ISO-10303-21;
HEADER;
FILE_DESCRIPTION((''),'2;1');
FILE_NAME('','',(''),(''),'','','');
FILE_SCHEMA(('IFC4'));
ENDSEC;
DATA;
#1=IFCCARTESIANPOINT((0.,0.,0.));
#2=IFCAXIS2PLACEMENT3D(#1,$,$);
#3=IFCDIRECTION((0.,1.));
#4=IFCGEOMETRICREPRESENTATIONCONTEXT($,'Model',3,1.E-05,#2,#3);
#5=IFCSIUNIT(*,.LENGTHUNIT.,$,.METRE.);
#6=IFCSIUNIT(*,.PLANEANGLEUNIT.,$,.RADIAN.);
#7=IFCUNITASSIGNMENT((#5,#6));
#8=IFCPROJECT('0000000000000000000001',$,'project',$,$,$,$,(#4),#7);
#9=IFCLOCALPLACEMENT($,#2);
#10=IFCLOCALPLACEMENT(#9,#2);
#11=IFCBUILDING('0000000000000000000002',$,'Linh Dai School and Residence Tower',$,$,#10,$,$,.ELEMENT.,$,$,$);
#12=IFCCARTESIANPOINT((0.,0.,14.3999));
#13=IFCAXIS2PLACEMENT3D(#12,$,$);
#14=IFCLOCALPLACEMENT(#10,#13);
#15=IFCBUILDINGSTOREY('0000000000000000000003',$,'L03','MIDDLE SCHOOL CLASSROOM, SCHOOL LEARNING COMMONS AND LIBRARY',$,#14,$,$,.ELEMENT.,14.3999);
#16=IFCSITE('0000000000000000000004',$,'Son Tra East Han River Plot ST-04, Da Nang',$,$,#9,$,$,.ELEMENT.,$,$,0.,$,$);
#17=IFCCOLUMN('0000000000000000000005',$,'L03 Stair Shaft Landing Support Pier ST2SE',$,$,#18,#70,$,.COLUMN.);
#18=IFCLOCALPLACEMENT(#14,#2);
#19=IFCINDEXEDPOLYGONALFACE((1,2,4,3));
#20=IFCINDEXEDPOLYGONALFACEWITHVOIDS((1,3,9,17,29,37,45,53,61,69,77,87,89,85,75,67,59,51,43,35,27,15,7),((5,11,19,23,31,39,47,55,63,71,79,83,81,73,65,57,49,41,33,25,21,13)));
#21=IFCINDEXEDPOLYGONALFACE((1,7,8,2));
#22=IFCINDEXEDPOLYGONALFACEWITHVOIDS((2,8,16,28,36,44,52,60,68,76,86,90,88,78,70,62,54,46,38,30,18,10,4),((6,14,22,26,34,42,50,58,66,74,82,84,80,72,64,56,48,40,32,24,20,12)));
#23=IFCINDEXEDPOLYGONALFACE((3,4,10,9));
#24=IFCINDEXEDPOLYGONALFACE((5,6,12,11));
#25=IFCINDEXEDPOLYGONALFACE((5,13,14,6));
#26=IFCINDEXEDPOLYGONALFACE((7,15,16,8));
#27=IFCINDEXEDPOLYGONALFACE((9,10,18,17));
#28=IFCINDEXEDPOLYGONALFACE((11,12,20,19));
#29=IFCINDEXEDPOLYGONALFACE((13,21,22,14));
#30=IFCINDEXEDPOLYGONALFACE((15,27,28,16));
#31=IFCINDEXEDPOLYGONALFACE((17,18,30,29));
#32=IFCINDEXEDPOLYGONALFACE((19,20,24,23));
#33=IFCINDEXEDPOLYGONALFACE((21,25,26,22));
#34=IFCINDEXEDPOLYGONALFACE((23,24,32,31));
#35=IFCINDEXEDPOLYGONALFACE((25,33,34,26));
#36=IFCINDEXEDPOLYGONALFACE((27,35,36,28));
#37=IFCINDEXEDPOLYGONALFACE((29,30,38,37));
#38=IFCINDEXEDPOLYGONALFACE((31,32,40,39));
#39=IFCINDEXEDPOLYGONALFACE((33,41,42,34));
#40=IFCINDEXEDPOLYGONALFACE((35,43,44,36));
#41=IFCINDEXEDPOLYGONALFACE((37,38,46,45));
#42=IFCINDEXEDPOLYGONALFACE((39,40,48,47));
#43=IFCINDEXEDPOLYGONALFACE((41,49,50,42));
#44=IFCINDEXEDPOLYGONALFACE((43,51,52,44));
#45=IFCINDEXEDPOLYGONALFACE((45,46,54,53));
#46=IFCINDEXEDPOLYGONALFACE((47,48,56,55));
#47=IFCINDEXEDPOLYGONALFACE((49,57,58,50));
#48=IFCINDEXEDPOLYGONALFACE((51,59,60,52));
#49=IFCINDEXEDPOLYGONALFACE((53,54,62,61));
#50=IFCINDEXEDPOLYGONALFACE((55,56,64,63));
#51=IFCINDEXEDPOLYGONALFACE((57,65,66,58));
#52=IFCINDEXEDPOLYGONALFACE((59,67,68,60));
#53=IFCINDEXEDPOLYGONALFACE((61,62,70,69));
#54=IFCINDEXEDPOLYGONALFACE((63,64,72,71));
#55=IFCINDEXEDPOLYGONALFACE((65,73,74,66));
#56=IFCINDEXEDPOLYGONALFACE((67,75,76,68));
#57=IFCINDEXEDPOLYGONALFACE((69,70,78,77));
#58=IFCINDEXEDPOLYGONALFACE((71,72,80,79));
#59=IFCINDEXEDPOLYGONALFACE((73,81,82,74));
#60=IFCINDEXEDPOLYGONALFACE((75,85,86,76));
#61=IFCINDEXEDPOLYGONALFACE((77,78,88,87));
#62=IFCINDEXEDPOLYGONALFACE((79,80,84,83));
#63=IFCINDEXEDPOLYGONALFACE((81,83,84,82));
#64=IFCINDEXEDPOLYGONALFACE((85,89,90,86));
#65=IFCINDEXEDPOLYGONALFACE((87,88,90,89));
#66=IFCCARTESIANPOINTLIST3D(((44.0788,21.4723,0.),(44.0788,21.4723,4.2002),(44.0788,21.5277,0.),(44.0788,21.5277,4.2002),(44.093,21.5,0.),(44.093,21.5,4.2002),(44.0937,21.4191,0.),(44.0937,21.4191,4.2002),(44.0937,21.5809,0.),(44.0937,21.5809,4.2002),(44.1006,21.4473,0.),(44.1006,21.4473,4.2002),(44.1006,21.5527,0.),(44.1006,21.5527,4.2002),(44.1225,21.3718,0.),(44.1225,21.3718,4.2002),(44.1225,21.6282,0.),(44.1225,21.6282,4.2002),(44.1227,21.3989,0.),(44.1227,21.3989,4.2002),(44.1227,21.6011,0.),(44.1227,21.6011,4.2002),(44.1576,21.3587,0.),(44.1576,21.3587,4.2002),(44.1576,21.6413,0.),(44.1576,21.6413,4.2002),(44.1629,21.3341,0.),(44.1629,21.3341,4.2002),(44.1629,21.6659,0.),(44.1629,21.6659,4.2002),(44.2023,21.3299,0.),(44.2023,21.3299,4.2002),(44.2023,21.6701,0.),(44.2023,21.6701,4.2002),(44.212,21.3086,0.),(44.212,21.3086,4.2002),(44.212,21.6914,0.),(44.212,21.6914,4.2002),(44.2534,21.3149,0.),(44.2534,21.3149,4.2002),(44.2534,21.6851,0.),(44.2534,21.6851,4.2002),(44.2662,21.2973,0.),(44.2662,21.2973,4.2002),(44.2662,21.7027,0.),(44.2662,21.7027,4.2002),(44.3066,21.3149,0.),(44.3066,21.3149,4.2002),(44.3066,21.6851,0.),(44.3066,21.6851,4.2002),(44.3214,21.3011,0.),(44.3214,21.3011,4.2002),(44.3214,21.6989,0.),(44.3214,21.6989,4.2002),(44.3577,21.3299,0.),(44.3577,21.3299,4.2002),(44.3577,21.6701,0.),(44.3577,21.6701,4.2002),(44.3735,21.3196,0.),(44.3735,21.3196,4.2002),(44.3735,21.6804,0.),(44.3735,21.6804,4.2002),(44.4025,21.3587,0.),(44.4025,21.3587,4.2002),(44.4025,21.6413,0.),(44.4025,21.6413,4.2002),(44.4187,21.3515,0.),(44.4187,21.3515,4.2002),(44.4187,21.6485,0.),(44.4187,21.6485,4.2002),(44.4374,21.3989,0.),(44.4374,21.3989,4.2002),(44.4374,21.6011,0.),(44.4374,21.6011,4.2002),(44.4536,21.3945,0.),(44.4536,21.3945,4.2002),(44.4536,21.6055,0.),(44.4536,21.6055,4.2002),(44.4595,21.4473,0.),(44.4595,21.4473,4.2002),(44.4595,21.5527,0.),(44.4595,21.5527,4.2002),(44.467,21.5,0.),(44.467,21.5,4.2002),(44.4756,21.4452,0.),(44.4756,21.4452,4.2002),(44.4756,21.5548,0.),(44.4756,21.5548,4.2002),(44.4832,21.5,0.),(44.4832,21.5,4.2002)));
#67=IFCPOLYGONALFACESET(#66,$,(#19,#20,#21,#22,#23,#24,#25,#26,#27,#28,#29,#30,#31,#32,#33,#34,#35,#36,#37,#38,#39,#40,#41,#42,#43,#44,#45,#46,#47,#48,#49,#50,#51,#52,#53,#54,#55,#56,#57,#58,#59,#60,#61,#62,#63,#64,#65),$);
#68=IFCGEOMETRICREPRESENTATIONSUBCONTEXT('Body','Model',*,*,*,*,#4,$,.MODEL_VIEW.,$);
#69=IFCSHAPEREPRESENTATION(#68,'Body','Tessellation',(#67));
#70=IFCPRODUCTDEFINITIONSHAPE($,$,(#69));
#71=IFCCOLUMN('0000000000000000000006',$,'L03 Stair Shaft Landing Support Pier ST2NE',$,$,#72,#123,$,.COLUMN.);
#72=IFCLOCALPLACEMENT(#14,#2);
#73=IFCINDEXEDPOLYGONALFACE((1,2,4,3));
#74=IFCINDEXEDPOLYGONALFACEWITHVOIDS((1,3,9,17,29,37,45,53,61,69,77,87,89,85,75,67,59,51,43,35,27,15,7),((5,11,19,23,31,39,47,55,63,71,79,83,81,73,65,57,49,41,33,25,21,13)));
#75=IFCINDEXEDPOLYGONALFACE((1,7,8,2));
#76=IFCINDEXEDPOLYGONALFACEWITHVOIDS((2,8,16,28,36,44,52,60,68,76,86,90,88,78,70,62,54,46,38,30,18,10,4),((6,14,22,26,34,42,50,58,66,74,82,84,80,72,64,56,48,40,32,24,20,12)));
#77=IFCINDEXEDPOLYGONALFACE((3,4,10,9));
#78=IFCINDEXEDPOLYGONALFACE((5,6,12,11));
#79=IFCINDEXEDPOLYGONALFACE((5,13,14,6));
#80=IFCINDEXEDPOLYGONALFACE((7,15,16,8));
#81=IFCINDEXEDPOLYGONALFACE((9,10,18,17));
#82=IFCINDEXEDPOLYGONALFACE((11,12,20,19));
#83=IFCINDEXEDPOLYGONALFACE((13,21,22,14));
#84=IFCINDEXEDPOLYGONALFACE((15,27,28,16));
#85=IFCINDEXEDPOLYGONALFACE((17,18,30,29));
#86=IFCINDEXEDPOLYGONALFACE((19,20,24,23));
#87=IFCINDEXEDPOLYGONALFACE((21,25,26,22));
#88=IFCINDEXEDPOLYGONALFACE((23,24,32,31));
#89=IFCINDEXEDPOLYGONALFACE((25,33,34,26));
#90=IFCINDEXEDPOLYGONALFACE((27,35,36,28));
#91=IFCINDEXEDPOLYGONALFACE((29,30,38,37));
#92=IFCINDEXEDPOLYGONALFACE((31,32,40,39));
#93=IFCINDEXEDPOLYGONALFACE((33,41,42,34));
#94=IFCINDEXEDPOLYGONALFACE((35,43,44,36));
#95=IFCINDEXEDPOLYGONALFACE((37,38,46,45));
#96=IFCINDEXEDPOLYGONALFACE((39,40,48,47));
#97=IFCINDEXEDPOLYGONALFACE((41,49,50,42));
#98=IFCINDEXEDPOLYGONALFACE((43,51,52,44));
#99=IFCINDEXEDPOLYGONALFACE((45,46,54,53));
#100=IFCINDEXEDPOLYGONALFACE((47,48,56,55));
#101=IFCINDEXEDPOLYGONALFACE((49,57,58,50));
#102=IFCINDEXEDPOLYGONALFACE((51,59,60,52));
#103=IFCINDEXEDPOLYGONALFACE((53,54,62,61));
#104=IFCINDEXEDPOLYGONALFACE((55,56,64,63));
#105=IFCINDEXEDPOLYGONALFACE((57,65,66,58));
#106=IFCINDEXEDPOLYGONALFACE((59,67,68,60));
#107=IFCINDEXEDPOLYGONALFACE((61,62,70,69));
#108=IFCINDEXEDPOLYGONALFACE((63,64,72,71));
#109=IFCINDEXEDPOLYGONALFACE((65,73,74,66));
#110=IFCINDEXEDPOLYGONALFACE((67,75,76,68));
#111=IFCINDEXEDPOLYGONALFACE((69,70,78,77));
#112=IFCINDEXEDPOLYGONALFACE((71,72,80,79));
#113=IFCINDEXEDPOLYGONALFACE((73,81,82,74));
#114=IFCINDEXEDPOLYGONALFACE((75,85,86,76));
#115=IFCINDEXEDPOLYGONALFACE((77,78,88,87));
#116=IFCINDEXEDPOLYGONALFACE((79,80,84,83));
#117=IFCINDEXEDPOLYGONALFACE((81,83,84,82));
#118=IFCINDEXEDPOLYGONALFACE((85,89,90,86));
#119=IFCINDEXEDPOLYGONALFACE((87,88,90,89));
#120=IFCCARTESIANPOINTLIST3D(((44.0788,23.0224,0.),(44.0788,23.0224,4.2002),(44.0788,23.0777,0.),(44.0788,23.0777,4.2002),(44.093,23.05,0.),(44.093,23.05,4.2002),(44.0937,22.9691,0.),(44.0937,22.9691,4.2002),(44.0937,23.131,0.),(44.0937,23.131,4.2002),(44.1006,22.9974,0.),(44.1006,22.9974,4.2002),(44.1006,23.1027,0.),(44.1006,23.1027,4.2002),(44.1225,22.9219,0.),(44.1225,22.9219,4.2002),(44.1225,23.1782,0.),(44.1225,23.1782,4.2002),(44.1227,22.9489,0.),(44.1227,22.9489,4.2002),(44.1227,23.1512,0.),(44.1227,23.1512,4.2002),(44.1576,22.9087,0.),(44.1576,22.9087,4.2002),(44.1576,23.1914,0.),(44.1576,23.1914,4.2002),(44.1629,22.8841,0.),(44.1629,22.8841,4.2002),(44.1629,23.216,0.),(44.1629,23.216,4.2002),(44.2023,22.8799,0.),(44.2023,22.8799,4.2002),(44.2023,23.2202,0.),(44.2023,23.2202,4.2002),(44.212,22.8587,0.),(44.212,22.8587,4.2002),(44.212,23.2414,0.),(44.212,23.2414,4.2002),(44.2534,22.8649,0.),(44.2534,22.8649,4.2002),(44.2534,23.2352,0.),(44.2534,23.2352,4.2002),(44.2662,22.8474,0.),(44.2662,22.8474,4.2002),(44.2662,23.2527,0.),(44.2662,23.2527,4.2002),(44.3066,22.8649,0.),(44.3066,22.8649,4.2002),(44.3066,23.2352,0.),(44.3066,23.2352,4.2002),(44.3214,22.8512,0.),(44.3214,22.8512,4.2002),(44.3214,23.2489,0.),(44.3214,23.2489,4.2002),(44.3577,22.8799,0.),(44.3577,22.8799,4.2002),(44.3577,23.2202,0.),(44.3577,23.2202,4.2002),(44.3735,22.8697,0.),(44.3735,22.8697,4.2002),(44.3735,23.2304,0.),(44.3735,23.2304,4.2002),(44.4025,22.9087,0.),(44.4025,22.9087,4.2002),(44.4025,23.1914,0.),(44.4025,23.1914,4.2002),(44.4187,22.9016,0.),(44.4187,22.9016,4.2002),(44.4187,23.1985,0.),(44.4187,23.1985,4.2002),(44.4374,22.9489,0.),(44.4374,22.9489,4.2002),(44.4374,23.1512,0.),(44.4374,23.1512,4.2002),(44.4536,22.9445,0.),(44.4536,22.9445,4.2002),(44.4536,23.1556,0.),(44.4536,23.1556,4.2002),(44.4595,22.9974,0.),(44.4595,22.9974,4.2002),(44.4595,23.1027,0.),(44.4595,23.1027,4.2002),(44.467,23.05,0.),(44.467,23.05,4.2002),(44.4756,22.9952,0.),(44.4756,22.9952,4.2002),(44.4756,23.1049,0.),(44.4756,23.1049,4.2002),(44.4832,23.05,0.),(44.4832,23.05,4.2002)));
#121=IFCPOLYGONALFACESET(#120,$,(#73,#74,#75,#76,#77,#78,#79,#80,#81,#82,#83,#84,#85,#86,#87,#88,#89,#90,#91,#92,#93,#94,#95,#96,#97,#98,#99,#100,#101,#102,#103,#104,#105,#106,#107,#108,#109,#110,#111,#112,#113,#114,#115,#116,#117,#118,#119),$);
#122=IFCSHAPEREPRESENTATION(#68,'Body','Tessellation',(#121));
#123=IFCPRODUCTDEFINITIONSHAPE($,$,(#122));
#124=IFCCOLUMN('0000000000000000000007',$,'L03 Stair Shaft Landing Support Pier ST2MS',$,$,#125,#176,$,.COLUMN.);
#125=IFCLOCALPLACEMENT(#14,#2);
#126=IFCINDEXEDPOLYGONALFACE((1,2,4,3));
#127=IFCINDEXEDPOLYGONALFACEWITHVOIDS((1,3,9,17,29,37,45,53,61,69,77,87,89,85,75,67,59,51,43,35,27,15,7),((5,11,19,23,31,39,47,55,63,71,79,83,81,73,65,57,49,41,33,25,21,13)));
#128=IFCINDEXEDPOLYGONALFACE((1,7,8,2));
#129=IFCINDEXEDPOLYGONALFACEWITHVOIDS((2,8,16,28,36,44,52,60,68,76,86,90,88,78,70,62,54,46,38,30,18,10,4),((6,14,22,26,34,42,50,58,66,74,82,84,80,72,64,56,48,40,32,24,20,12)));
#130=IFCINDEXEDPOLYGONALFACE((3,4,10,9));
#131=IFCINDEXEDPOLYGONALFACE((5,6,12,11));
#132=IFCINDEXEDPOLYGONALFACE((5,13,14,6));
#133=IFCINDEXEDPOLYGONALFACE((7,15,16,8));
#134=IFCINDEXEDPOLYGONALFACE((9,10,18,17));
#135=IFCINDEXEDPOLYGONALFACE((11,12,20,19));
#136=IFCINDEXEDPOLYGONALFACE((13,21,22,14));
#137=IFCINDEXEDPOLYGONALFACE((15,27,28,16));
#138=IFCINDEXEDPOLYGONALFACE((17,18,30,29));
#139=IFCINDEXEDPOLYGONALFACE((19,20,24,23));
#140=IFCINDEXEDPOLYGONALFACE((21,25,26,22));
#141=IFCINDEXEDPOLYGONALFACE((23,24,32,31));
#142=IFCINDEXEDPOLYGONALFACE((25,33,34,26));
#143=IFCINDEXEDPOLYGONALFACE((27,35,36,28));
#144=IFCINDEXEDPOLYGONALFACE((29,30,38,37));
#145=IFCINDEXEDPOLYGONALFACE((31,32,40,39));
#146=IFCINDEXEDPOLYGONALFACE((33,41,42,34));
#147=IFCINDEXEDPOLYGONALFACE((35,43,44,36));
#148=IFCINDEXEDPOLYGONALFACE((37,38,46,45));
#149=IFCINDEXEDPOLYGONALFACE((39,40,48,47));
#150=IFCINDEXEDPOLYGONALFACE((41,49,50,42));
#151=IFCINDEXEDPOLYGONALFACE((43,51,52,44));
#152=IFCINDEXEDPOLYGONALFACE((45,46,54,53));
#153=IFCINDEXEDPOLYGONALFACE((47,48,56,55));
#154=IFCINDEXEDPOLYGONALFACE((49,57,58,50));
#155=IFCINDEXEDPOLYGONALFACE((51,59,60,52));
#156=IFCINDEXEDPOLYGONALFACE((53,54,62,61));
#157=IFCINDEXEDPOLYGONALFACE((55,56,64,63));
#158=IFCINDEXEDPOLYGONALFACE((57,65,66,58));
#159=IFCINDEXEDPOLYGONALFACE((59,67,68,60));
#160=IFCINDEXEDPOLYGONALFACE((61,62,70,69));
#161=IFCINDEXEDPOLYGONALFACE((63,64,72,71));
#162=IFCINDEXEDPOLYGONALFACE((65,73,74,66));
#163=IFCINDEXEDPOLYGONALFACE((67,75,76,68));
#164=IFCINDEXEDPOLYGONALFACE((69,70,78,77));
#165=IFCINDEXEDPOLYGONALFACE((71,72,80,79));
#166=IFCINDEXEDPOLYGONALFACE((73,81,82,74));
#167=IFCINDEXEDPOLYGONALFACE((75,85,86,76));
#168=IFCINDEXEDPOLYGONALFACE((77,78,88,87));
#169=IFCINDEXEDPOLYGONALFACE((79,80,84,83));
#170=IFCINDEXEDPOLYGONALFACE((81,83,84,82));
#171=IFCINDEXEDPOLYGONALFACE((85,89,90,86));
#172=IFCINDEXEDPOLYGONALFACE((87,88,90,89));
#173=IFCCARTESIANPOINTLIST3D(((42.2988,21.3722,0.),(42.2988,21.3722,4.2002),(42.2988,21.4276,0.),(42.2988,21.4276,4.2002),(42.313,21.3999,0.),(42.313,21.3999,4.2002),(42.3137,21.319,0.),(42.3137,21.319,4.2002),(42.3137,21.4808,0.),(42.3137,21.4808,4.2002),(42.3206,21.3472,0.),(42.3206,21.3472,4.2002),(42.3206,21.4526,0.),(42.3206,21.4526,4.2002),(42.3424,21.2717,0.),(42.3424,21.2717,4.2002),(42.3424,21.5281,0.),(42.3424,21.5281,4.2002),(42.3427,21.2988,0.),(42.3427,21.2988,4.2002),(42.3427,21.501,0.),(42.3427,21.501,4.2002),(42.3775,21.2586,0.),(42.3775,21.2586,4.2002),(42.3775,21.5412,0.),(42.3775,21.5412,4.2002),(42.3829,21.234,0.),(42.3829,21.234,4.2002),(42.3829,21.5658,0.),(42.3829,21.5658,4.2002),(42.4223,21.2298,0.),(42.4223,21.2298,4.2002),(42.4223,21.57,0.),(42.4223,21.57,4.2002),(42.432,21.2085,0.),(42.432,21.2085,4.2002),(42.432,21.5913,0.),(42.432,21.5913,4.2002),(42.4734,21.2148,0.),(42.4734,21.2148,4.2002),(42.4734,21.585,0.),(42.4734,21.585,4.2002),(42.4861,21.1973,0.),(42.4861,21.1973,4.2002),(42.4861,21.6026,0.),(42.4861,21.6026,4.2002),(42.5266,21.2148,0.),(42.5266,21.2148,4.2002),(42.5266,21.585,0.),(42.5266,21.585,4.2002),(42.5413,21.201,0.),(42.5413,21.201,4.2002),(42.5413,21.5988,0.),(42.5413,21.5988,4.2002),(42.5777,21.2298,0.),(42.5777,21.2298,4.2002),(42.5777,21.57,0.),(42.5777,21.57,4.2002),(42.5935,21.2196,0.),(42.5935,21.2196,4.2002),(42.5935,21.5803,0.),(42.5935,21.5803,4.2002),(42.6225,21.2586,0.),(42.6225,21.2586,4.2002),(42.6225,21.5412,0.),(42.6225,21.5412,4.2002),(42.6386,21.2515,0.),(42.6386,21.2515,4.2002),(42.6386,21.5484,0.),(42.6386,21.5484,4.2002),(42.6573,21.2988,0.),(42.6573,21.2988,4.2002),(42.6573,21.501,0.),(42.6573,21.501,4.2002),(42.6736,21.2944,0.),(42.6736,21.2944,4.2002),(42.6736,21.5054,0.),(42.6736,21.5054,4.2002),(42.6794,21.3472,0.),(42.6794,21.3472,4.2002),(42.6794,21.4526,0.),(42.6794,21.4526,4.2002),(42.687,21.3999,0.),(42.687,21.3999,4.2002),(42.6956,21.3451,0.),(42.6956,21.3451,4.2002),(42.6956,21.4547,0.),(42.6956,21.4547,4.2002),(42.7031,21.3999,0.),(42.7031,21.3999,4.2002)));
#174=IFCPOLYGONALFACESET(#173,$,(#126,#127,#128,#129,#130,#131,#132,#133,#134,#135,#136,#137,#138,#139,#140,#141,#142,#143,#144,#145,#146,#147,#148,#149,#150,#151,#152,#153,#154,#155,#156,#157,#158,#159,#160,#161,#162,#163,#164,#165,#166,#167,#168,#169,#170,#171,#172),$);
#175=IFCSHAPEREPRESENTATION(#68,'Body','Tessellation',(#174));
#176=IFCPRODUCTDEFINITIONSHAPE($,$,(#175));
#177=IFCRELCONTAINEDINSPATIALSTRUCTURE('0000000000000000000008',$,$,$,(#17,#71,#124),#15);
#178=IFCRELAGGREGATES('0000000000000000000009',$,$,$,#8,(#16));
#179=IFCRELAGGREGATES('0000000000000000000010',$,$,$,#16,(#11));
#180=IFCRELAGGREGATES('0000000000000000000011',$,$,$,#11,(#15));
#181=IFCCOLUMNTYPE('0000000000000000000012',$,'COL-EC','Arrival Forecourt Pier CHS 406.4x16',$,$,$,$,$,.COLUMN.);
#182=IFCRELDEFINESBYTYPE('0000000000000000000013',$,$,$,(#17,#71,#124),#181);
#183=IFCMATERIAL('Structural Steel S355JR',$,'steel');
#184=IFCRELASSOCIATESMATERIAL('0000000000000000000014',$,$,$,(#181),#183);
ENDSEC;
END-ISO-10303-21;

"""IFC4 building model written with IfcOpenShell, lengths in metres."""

from ifc_helpers import new_model, si_unit, direction, frame, origin, origin_2d, place, context, subcontext, project, spatial, hollow_circle, extrude, material, material_profile, profile_set, type_object, element, save


model = new_model("IFC4")

# Units and contexts
model_context = context("Model", 3, precision=1e-05, world=origin(), true_north=direction((0.0, 1.0)))
body_context = subcontext(model_context, "Body", "Model", "MODEL_VIEW")
ifc_project = project(units=[si_unit("LENGTHUNIT", "METRE"), si_unit("PLANEANGLEUNIT", "RADIAN")], contexts=[model_context])

# Site, building, storey
site_placement = place(None, origin())
site = spatial("IfcSite", under=ifc_project, at=site_placement, Name="Son Tra East Han River Plot ST-04, Da Nang", CompositionType="ELEMENT", RefElevation=0.0)
building_placement = place(site_placement, origin())
building = spatial("IfcBuilding", under=site, at=building_placement, Name="Linh Dai School and Residence Tower", CompositionType="ELEMENT")
storey_placement = place(building_placement, frame((0.0, 0.0, 14.3999)))
storey = spatial("IfcBuildingStorey", under=building, at=storey_placement, Name="L03", Description="MIDDLE SCHOOL CLASSROOM, SCHOOL LEARNING COMMONS AND LIBRARY", CompositionType="ELEMENT", Elevation=14.3999)

# Columns
ifc_material_1 = material(Name="Structural Steel S355JR", Category="steel")
ifc_material_profile_1 = material_profile(ifc_material_1, hollow_circle(Radius=0.2031, WallThickness=0.0161, at=origin_2d()), Name="CHS 406.4x16")
ifc_profile_set_1 = profile_set([ifc_material_profile_1], Name="Structural Steel S355JR")
column_type_1 = type_object("IfcColumnType", Name="COL-EC", Description="Arrival Forecourt Pier CHS 406.4x16", PredefinedType="COLUMN", material=ifc_profile_set_1)
for number, where, z_axis, x_axis, name in (
    (1, (44.28, 21.5, 0.0), (0.0, 0.0, 1.0), (1.0, 0.0, 0.0), "L03 Stair Shaft Landing Support Pier ST2SE"),
    (2, (44.28, 23.05, 0.0), (0.0, 0.0, 1.0), (1.0, 0.0, 0.0), "L03 Stair Shaft Landing Support Pier ST2NE"),
    (3, (42.5, 21.3999, 0.0), (0.0, 0.0, 1.0), (1.0, 0.0, 0.0), "L03 Stair Shaft Landing Support Pier ST2MS"),
):
    element("IfcColumn", number, at=place(storey_placement, frame(where, z_axis=z_axis, x_axis=x_axis)), inside=storey, type_object=column_type_1, Name=name, PredefinedType="COLUMN", context=body_context, shape_type="SweptSolid", body=[
        extrude(hollow_circle(Radius=0.2031, WallThickness=0.0161, at=origin_2d()), origin(), (0.0, 0.0, 1.0), 4.2002),
    ])

save(model, "model.ifc")
